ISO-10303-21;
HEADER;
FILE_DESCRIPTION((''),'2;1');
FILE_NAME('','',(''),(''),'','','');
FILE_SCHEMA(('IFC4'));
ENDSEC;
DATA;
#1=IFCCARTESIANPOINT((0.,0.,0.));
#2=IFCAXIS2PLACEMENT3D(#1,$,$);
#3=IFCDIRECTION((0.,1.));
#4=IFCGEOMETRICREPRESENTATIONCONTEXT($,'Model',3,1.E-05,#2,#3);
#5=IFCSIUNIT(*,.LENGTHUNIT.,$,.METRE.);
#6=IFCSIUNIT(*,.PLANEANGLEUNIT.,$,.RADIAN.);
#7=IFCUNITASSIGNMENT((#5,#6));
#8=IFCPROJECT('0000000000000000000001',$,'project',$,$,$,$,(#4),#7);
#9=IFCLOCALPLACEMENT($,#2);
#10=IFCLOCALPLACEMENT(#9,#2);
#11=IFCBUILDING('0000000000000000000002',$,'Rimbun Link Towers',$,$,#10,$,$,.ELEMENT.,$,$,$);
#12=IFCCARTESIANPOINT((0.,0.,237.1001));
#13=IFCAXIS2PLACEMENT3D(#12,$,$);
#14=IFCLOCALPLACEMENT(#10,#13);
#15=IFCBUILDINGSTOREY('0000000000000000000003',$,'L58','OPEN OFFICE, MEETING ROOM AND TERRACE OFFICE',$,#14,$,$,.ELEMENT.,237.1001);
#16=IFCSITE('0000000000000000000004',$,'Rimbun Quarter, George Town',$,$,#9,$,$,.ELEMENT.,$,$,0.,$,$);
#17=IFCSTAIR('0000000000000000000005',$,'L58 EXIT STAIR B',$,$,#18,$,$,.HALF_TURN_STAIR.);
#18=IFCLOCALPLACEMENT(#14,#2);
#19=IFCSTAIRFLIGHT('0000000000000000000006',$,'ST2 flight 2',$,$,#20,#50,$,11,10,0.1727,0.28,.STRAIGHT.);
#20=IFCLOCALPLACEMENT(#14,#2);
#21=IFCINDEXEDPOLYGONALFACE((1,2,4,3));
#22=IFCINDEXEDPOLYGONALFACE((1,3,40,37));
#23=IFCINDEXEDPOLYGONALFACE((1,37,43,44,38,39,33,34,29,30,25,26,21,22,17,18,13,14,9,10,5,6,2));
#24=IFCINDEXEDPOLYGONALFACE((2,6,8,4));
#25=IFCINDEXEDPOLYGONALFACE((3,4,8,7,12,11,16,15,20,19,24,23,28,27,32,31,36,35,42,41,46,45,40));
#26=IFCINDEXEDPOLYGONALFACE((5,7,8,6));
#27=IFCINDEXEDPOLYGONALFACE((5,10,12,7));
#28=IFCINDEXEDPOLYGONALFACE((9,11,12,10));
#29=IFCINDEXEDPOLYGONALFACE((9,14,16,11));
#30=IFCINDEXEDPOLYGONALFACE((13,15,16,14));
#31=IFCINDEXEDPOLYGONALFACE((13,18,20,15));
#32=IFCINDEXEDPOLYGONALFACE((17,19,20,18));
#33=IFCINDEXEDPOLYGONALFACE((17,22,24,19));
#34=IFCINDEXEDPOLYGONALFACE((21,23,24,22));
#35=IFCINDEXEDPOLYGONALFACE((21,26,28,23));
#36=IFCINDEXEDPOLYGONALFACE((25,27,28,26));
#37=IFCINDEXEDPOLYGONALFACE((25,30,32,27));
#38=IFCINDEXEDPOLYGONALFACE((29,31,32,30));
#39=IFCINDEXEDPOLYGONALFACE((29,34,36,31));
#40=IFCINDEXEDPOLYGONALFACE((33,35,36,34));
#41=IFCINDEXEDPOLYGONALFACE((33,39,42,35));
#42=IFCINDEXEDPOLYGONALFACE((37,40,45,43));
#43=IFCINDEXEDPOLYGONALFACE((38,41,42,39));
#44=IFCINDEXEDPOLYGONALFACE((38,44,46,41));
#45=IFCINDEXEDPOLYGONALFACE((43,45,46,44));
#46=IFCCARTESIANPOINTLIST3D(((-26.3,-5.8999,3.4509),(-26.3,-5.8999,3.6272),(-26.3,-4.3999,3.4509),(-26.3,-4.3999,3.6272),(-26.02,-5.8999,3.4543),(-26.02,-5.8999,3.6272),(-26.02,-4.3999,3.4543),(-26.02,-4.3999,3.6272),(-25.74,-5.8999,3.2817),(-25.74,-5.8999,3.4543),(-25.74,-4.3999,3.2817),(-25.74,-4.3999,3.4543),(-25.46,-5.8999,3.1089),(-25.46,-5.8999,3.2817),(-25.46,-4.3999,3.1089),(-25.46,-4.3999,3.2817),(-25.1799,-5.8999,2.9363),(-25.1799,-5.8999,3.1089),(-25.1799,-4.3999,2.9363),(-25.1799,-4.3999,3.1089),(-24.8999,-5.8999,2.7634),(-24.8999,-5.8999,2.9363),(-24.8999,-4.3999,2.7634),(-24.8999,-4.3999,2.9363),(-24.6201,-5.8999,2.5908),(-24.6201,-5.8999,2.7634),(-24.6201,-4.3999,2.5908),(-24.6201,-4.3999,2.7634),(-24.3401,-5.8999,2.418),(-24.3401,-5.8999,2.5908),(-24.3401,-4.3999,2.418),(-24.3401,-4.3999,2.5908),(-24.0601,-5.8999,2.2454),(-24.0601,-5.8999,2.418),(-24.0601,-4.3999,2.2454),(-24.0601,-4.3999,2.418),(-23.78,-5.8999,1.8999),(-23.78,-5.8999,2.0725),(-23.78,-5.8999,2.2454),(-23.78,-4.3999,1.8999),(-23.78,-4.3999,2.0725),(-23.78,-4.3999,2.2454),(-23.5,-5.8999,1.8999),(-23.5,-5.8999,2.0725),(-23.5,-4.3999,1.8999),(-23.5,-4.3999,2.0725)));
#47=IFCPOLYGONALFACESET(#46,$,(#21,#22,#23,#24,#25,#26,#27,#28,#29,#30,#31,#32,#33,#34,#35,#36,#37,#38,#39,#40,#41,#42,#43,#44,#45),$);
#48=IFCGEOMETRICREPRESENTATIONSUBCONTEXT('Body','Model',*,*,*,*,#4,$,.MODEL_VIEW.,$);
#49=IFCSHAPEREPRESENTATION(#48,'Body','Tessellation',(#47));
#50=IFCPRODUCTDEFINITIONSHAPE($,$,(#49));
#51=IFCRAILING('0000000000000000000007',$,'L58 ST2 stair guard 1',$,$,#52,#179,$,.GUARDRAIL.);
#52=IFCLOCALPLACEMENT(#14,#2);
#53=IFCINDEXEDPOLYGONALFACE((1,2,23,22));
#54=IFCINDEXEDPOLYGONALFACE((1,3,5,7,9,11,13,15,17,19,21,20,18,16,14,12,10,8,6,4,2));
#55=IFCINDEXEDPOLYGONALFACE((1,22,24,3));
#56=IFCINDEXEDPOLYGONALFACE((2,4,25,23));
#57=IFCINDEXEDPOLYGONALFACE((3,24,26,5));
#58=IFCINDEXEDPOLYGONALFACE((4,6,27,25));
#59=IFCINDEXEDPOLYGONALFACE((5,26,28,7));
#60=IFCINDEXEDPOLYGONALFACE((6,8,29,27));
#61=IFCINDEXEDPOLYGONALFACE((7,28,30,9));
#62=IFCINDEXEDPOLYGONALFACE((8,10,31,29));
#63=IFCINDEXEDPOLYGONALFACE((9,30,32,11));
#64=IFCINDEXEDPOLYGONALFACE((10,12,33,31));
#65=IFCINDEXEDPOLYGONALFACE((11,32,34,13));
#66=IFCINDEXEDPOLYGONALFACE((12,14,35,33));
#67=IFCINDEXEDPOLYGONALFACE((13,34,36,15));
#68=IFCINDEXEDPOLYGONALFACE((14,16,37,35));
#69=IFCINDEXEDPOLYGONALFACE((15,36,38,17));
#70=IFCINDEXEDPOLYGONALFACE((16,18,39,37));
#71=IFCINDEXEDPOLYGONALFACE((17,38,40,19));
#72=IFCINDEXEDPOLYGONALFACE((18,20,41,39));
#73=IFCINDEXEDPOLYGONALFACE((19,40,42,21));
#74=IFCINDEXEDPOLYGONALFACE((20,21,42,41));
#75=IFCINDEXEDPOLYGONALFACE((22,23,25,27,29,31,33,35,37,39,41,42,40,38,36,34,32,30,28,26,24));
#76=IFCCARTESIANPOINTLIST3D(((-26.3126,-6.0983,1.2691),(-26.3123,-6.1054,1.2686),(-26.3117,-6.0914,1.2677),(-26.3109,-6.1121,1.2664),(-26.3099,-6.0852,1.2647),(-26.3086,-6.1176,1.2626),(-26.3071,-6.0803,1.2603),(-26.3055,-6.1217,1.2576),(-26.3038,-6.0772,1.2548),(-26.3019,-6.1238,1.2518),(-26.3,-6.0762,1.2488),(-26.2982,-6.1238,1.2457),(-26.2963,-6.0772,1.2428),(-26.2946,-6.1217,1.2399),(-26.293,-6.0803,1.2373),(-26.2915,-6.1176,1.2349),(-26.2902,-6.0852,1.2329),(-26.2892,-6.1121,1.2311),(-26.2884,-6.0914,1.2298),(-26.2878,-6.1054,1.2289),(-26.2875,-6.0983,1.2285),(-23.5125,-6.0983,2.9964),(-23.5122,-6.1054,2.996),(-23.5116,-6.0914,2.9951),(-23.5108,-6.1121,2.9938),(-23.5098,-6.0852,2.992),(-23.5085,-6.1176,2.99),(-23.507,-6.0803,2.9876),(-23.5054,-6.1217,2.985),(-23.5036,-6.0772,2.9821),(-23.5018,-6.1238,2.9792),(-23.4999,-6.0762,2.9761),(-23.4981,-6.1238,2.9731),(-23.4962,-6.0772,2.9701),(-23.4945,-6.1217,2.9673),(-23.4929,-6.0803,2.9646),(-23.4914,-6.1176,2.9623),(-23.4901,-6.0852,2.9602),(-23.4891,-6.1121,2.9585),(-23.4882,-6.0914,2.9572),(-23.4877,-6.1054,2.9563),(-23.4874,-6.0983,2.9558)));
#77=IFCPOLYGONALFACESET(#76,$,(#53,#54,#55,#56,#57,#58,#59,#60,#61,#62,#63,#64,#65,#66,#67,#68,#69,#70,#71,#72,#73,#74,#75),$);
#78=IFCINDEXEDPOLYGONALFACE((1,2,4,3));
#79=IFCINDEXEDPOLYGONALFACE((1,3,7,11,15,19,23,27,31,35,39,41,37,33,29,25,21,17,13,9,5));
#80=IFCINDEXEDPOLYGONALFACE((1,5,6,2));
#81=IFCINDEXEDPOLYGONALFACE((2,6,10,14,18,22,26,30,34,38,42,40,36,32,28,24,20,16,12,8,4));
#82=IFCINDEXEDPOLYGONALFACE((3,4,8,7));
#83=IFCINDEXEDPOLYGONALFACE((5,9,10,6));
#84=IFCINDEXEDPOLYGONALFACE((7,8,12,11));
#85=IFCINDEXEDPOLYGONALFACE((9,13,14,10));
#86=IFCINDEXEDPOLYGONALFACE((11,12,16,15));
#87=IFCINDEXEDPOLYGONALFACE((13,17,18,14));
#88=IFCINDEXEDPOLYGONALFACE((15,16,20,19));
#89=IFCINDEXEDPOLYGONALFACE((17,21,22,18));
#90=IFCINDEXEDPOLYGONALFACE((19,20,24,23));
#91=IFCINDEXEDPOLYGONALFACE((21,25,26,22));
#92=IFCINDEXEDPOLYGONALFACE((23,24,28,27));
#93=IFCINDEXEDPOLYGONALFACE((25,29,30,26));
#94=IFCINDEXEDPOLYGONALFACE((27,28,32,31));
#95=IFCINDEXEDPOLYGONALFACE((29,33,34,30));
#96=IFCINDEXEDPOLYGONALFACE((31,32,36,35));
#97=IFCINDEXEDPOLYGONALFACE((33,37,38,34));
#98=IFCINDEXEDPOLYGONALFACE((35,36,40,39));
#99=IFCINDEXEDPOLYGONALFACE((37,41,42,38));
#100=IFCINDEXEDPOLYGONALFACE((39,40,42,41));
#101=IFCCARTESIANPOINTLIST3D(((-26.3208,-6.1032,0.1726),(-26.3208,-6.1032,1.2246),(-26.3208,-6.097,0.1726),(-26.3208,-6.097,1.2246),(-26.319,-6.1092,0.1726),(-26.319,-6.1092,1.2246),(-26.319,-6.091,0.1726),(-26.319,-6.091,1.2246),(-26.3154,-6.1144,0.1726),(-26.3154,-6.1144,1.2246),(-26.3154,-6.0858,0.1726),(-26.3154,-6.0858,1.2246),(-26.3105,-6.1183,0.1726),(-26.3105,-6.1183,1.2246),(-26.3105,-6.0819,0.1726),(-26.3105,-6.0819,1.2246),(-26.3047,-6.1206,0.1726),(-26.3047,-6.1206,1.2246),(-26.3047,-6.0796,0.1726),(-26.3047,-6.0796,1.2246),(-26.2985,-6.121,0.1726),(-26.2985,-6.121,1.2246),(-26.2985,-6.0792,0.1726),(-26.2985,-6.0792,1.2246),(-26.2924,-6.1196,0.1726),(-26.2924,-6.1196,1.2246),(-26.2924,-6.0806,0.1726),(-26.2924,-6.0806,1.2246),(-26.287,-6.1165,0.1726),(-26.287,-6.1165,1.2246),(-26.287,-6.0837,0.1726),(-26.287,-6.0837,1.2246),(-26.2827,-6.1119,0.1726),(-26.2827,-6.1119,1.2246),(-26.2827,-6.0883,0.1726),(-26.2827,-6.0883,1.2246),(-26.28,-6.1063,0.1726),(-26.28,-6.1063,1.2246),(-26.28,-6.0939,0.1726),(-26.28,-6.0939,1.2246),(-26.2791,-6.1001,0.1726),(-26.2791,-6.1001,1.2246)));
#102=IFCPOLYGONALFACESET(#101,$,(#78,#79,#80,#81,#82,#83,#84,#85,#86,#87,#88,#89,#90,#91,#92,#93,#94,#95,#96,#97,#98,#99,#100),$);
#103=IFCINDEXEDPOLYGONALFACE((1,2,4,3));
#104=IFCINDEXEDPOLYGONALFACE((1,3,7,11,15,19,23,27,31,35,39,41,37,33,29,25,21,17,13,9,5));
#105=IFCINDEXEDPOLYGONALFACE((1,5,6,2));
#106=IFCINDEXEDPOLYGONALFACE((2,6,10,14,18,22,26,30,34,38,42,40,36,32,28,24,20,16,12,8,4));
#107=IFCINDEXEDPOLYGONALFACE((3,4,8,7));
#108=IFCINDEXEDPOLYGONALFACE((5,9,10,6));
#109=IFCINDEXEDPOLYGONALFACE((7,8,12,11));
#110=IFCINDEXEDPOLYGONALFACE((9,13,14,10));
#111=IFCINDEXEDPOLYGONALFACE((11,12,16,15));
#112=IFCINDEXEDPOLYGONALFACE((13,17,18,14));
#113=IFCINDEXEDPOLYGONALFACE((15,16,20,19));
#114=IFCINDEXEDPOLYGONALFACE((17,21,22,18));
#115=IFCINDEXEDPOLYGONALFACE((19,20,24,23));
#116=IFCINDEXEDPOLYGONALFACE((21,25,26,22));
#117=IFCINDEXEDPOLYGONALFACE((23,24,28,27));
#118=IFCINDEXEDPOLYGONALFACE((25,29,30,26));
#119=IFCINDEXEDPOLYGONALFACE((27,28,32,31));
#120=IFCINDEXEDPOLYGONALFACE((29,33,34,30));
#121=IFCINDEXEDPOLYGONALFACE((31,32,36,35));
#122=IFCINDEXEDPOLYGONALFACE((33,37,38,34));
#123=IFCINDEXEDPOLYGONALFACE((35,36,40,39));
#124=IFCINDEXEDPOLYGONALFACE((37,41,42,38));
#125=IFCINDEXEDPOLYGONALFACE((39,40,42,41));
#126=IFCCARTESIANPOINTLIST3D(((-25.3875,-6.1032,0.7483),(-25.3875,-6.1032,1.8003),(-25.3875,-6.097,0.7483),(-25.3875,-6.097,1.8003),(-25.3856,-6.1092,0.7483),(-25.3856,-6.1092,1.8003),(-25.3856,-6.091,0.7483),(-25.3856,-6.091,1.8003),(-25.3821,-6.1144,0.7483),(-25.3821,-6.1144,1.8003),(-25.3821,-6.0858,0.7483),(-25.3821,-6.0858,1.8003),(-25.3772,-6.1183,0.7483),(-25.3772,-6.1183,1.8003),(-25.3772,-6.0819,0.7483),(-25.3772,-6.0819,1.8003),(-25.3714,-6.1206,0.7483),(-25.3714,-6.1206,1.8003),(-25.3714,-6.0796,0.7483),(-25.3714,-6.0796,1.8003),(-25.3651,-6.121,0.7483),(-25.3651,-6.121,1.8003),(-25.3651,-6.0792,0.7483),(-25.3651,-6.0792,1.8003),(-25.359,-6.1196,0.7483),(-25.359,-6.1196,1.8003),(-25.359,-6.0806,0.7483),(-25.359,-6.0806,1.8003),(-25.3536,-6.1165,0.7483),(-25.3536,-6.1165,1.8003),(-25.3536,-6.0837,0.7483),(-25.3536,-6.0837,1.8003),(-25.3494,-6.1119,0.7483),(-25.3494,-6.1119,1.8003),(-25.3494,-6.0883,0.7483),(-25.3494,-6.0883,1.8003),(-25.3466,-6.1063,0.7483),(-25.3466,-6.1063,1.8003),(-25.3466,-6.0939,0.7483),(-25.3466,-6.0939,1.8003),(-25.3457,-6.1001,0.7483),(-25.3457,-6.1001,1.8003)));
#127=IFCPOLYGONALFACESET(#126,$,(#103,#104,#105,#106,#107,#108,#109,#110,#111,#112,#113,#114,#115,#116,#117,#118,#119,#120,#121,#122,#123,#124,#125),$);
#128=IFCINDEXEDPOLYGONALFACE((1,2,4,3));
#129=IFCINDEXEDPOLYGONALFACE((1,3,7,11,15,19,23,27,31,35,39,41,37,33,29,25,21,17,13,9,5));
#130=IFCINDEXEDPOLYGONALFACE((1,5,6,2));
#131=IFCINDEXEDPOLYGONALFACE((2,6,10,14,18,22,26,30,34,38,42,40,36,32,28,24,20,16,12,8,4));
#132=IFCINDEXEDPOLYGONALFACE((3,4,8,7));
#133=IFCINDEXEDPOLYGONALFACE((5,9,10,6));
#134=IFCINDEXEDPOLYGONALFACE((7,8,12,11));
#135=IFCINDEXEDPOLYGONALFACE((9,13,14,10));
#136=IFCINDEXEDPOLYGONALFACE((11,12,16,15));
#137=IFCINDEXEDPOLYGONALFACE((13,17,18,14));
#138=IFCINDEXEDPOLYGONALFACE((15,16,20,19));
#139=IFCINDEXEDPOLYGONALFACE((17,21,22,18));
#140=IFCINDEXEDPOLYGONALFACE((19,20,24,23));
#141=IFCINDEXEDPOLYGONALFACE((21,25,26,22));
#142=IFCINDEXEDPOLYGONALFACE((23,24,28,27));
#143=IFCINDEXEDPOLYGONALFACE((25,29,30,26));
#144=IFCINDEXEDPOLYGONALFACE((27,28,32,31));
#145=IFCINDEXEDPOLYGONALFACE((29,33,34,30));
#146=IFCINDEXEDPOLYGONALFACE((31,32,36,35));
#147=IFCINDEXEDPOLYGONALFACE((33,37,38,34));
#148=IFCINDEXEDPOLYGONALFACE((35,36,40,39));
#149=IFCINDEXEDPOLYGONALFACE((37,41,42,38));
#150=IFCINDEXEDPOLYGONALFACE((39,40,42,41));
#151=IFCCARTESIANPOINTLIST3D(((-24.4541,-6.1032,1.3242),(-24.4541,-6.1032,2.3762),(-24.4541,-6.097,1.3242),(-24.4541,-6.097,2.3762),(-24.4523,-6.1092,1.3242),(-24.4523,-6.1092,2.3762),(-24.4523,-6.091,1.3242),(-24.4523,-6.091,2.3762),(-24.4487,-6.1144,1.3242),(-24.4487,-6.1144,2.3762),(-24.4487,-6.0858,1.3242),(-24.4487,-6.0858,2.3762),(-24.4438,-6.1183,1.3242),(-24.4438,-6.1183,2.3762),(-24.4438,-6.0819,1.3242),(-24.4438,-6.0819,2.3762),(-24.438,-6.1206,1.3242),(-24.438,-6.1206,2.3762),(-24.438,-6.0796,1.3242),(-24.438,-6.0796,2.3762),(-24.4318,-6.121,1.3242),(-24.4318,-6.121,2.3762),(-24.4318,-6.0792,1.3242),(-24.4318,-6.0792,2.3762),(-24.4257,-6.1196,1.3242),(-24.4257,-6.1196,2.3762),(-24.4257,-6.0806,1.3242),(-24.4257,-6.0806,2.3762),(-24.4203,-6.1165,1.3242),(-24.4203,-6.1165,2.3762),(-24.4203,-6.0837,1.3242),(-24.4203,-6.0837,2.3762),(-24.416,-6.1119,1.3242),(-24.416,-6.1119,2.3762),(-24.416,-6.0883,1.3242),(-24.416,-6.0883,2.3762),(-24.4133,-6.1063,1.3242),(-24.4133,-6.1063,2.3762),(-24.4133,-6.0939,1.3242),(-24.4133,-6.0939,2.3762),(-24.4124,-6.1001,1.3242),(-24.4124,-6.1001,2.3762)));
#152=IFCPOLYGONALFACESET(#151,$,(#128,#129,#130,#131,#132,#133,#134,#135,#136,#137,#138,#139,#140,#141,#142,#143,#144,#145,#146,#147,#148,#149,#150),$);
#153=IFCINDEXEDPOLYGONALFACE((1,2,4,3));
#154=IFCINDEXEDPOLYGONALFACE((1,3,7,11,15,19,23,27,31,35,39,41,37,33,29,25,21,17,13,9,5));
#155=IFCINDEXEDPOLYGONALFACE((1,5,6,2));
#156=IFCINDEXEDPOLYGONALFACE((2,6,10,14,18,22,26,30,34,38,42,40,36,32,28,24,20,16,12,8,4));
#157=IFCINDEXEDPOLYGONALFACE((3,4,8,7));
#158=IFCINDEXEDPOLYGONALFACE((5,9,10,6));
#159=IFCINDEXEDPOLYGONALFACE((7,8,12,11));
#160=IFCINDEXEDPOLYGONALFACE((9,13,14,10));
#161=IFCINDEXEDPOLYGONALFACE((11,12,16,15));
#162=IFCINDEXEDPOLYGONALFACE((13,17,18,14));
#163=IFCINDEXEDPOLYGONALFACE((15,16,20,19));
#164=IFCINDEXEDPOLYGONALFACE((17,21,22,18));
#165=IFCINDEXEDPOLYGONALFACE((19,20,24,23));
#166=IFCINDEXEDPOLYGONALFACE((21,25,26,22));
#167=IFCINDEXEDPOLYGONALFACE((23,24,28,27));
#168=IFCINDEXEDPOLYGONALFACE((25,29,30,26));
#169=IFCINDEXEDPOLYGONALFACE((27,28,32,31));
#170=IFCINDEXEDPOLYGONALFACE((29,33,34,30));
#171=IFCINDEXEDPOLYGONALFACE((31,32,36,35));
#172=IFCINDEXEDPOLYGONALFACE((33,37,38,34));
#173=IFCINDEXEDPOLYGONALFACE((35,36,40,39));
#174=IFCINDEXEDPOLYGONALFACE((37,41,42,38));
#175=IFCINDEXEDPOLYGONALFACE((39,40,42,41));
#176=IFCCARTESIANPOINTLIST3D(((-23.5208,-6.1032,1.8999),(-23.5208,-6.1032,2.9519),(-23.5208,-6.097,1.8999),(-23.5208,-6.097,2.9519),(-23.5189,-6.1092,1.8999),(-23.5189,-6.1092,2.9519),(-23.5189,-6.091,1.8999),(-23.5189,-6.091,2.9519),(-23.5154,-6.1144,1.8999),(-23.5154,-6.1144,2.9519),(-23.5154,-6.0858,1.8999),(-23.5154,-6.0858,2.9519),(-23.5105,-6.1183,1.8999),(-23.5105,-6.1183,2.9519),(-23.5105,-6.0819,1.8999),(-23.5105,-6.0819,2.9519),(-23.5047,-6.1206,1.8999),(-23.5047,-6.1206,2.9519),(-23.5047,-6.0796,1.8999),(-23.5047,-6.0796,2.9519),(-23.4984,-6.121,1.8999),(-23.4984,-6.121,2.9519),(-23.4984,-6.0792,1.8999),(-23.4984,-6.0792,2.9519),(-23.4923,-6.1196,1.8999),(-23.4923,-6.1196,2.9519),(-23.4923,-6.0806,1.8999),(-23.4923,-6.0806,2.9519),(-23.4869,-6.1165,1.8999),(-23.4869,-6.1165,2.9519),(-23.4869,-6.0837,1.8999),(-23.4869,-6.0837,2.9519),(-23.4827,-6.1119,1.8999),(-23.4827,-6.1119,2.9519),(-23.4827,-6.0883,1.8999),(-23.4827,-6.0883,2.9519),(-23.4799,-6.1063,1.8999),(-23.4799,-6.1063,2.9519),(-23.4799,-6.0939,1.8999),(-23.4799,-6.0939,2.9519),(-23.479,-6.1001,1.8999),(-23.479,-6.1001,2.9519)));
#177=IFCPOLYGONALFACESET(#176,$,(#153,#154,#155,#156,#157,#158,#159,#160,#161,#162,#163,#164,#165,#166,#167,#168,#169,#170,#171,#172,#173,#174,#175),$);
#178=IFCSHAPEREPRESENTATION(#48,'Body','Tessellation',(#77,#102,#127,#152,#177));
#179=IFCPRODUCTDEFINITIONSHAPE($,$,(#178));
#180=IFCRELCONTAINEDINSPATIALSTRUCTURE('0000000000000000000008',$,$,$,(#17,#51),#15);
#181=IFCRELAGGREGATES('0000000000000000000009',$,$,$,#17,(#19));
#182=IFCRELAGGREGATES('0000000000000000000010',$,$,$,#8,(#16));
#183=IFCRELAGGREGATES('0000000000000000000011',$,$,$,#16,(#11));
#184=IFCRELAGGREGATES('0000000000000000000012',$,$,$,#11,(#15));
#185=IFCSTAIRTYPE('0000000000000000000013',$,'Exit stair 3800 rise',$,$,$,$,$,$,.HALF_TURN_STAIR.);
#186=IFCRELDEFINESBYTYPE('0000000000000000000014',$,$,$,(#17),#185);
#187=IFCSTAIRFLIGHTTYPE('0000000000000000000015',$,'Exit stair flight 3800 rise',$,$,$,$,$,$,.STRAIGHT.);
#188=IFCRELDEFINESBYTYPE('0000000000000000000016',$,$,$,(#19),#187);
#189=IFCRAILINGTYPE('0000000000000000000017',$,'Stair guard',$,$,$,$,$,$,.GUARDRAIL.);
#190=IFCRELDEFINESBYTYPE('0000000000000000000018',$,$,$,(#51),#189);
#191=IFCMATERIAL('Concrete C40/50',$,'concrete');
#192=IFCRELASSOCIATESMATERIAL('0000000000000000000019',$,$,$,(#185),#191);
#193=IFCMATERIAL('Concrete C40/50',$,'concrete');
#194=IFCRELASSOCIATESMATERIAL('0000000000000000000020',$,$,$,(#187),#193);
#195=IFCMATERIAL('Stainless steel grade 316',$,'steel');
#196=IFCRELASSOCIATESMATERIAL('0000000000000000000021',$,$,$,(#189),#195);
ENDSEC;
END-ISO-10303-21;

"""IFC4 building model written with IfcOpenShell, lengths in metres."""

from ifc_helpers import new_model, si_unit, direction, frame, origin, origin_2d, place, context, subcontext, project, spatial, polyline, circle, outline, extrude, material, type_object, element, aggregate, save


model = new_model("IFC4")

# Units and contexts
model_context = context("Model", 3, precision=1e-05, world=origin(), true_north=direction((0.0, 1.0)))
body_context = subcontext(model_context, "Body", "Model", "MODEL_VIEW")
ifc_project = project(units=[si_unit("LENGTHUNIT", "METRE"), si_unit("PLANEANGLEUNIT", "RADIAN")], contexts=[model_context])

# Site, building, storey
site_placement = place(None, origin())
site = spatial("IfcSite", under=ifc_project, at=site_placement, Name="Rimbun Quarter, George Town", CompositionType="ELEMENT", RefElevation=0.0)
building_placement = place(site_placement, origin())
building = spatial("IfcBuilding", under=site, at=building_placement, Name="Rimbun Link Towers", CompositionType="ELEMENT")
storey_placement = place(building_placement, frame((0.0, 0.0, 237.1001)))
storey = spatial("IfcBuildingStorey", under=building, at=storey_placement, Name="L58", Description="OPEN OFFICE, MEETING ROOM AND TERRACE OFFICE", CompositionType="ELEMENT", Elevation=237.1001)

# Stair, stair flight
ifc_material_1 = material(Name="Concrete C40/50", Category="concrete")
stair_type = type_object("IfcStairType", Name="Exit stair 3800 rise", PredefinedType="HALF_TURN_STAIR", material=ifc_material_1)
stair_placement = place(storey_placement, origin())
stair = element("IfcStair", 1, at=stair_placement, inside=storey, type_object=stair_type, Name="L58 EXIT STAIR B", PredefinedType="HALF_TURN_STAIR")
ifc_material_2 = material(Name="Concrete C40/50", Category="concrete")
stair_flight_type = type_object("IfcStairFlightType", Name="Exit stair flight 3800 rise", PredefinedType="STRAIGHT", material=ifc_material_2)
stair_flight_1_placement = place(storey_placement, frame((-23.5, -5.1499, 1.8999), z_axis=(0.0, 0.0, 1.0), x_axis=(-1.0, 0.0, 0.0)))
stair_flight_1 = element("IfcStairFlight", 2, at=stair_flight_1_placement, type_object=stair_flight_type, Name="ST2 flight 2", NumberOfRisers=11, NumberOfTreads=10, PredefinedType="STRAIGHT", RiserHeight=0.1727, TreadLength=0.28, context=body_context, shape_type="SweptSolid", body=[
    extrude(outline(polyline([(0.0, 0.0), (0.0, 0.1726), (0.28, 0.1726), (0.28, 0.3455), (0.5601, 0.3455), (0.5601, 0.5181), (0.8401, 0.5181), (0.8401, 0.6909), (1.1201, 0.6909), (1.1201, 0.8635), (1.3999, 0.8635), (1.3999, 1.0364), (1.6799, 1.0364), (1.6799, 1.209), (1.96, 1.209), (1.96, 1.3818), (2.24, 1.3818), (2.24, 1.5544), (2.52, 1.5544), (2.52, 1.7273), (2.8, 1.7273), (2.8, 1.8999), (2.8, 1.551), (0.28, 0.0), (0.0, 0.0)])), frame((0.0, 0.75, 0.0), z_axis=(0.0, -1.0, 0.0), x_axis=(1.0, 0.0, 0.0)), (0.0, 0.0, 1.0), 1.5),
])
aggregate(stair, [stair_flight_1])

# Railing
ifc_material_3 = material(Name="Stainless steel grade 316", Category="steel")
railing_type_1 = type_object("IfcRailingType", Name="Stair guard", PredefinedType="GUARDRAIL", material=ifc_material_3)
railing_1_placement = place(storey_placement, frame((-26.3, -6.1001, 0.1726)))
element("IfcRailing", 3, at=railing_1_placement, inside=storey, type_object=railing_type_1, Name="L58 ST2 stair guard 1", PredefinedType="GUARDRAIL", context=body_context, shape_type="SweptSolid", body=[
    extrude(circle(Radius=0.0239, at=origin_2d()), frame((0.0, 0.0, 1.0762), z_axis=(0.85109, 0.0, 0.52502), x_axis=(0.0, 1.0, 0.0)), (0.0, 0.0, 1.0), 3.29),
    extrude(circle(Radius=0.021, at=origin_2d()), origin(), (0.0, 0.0, 1.0), 1.052),
    extrude(circle(Radius=0.021, at=origin_2d()), frame((0.9333, 0.0, 0.5757)), (0.0, 0.0, 1.0), 1.052),
    extrude(circle(Radius=0.021, at=origin_2d()), frame((1.8667, 0.0, 1.1516)), (0.0, 0.0, 1.0), 1.052),
    extrude(circle(Radius=0.021, at=origin_2d()), frame((2.8, 0.0, 1.7273)), (0.0, 0.0, 1.0), 1.052),
])

save(model, "model.ifc")
